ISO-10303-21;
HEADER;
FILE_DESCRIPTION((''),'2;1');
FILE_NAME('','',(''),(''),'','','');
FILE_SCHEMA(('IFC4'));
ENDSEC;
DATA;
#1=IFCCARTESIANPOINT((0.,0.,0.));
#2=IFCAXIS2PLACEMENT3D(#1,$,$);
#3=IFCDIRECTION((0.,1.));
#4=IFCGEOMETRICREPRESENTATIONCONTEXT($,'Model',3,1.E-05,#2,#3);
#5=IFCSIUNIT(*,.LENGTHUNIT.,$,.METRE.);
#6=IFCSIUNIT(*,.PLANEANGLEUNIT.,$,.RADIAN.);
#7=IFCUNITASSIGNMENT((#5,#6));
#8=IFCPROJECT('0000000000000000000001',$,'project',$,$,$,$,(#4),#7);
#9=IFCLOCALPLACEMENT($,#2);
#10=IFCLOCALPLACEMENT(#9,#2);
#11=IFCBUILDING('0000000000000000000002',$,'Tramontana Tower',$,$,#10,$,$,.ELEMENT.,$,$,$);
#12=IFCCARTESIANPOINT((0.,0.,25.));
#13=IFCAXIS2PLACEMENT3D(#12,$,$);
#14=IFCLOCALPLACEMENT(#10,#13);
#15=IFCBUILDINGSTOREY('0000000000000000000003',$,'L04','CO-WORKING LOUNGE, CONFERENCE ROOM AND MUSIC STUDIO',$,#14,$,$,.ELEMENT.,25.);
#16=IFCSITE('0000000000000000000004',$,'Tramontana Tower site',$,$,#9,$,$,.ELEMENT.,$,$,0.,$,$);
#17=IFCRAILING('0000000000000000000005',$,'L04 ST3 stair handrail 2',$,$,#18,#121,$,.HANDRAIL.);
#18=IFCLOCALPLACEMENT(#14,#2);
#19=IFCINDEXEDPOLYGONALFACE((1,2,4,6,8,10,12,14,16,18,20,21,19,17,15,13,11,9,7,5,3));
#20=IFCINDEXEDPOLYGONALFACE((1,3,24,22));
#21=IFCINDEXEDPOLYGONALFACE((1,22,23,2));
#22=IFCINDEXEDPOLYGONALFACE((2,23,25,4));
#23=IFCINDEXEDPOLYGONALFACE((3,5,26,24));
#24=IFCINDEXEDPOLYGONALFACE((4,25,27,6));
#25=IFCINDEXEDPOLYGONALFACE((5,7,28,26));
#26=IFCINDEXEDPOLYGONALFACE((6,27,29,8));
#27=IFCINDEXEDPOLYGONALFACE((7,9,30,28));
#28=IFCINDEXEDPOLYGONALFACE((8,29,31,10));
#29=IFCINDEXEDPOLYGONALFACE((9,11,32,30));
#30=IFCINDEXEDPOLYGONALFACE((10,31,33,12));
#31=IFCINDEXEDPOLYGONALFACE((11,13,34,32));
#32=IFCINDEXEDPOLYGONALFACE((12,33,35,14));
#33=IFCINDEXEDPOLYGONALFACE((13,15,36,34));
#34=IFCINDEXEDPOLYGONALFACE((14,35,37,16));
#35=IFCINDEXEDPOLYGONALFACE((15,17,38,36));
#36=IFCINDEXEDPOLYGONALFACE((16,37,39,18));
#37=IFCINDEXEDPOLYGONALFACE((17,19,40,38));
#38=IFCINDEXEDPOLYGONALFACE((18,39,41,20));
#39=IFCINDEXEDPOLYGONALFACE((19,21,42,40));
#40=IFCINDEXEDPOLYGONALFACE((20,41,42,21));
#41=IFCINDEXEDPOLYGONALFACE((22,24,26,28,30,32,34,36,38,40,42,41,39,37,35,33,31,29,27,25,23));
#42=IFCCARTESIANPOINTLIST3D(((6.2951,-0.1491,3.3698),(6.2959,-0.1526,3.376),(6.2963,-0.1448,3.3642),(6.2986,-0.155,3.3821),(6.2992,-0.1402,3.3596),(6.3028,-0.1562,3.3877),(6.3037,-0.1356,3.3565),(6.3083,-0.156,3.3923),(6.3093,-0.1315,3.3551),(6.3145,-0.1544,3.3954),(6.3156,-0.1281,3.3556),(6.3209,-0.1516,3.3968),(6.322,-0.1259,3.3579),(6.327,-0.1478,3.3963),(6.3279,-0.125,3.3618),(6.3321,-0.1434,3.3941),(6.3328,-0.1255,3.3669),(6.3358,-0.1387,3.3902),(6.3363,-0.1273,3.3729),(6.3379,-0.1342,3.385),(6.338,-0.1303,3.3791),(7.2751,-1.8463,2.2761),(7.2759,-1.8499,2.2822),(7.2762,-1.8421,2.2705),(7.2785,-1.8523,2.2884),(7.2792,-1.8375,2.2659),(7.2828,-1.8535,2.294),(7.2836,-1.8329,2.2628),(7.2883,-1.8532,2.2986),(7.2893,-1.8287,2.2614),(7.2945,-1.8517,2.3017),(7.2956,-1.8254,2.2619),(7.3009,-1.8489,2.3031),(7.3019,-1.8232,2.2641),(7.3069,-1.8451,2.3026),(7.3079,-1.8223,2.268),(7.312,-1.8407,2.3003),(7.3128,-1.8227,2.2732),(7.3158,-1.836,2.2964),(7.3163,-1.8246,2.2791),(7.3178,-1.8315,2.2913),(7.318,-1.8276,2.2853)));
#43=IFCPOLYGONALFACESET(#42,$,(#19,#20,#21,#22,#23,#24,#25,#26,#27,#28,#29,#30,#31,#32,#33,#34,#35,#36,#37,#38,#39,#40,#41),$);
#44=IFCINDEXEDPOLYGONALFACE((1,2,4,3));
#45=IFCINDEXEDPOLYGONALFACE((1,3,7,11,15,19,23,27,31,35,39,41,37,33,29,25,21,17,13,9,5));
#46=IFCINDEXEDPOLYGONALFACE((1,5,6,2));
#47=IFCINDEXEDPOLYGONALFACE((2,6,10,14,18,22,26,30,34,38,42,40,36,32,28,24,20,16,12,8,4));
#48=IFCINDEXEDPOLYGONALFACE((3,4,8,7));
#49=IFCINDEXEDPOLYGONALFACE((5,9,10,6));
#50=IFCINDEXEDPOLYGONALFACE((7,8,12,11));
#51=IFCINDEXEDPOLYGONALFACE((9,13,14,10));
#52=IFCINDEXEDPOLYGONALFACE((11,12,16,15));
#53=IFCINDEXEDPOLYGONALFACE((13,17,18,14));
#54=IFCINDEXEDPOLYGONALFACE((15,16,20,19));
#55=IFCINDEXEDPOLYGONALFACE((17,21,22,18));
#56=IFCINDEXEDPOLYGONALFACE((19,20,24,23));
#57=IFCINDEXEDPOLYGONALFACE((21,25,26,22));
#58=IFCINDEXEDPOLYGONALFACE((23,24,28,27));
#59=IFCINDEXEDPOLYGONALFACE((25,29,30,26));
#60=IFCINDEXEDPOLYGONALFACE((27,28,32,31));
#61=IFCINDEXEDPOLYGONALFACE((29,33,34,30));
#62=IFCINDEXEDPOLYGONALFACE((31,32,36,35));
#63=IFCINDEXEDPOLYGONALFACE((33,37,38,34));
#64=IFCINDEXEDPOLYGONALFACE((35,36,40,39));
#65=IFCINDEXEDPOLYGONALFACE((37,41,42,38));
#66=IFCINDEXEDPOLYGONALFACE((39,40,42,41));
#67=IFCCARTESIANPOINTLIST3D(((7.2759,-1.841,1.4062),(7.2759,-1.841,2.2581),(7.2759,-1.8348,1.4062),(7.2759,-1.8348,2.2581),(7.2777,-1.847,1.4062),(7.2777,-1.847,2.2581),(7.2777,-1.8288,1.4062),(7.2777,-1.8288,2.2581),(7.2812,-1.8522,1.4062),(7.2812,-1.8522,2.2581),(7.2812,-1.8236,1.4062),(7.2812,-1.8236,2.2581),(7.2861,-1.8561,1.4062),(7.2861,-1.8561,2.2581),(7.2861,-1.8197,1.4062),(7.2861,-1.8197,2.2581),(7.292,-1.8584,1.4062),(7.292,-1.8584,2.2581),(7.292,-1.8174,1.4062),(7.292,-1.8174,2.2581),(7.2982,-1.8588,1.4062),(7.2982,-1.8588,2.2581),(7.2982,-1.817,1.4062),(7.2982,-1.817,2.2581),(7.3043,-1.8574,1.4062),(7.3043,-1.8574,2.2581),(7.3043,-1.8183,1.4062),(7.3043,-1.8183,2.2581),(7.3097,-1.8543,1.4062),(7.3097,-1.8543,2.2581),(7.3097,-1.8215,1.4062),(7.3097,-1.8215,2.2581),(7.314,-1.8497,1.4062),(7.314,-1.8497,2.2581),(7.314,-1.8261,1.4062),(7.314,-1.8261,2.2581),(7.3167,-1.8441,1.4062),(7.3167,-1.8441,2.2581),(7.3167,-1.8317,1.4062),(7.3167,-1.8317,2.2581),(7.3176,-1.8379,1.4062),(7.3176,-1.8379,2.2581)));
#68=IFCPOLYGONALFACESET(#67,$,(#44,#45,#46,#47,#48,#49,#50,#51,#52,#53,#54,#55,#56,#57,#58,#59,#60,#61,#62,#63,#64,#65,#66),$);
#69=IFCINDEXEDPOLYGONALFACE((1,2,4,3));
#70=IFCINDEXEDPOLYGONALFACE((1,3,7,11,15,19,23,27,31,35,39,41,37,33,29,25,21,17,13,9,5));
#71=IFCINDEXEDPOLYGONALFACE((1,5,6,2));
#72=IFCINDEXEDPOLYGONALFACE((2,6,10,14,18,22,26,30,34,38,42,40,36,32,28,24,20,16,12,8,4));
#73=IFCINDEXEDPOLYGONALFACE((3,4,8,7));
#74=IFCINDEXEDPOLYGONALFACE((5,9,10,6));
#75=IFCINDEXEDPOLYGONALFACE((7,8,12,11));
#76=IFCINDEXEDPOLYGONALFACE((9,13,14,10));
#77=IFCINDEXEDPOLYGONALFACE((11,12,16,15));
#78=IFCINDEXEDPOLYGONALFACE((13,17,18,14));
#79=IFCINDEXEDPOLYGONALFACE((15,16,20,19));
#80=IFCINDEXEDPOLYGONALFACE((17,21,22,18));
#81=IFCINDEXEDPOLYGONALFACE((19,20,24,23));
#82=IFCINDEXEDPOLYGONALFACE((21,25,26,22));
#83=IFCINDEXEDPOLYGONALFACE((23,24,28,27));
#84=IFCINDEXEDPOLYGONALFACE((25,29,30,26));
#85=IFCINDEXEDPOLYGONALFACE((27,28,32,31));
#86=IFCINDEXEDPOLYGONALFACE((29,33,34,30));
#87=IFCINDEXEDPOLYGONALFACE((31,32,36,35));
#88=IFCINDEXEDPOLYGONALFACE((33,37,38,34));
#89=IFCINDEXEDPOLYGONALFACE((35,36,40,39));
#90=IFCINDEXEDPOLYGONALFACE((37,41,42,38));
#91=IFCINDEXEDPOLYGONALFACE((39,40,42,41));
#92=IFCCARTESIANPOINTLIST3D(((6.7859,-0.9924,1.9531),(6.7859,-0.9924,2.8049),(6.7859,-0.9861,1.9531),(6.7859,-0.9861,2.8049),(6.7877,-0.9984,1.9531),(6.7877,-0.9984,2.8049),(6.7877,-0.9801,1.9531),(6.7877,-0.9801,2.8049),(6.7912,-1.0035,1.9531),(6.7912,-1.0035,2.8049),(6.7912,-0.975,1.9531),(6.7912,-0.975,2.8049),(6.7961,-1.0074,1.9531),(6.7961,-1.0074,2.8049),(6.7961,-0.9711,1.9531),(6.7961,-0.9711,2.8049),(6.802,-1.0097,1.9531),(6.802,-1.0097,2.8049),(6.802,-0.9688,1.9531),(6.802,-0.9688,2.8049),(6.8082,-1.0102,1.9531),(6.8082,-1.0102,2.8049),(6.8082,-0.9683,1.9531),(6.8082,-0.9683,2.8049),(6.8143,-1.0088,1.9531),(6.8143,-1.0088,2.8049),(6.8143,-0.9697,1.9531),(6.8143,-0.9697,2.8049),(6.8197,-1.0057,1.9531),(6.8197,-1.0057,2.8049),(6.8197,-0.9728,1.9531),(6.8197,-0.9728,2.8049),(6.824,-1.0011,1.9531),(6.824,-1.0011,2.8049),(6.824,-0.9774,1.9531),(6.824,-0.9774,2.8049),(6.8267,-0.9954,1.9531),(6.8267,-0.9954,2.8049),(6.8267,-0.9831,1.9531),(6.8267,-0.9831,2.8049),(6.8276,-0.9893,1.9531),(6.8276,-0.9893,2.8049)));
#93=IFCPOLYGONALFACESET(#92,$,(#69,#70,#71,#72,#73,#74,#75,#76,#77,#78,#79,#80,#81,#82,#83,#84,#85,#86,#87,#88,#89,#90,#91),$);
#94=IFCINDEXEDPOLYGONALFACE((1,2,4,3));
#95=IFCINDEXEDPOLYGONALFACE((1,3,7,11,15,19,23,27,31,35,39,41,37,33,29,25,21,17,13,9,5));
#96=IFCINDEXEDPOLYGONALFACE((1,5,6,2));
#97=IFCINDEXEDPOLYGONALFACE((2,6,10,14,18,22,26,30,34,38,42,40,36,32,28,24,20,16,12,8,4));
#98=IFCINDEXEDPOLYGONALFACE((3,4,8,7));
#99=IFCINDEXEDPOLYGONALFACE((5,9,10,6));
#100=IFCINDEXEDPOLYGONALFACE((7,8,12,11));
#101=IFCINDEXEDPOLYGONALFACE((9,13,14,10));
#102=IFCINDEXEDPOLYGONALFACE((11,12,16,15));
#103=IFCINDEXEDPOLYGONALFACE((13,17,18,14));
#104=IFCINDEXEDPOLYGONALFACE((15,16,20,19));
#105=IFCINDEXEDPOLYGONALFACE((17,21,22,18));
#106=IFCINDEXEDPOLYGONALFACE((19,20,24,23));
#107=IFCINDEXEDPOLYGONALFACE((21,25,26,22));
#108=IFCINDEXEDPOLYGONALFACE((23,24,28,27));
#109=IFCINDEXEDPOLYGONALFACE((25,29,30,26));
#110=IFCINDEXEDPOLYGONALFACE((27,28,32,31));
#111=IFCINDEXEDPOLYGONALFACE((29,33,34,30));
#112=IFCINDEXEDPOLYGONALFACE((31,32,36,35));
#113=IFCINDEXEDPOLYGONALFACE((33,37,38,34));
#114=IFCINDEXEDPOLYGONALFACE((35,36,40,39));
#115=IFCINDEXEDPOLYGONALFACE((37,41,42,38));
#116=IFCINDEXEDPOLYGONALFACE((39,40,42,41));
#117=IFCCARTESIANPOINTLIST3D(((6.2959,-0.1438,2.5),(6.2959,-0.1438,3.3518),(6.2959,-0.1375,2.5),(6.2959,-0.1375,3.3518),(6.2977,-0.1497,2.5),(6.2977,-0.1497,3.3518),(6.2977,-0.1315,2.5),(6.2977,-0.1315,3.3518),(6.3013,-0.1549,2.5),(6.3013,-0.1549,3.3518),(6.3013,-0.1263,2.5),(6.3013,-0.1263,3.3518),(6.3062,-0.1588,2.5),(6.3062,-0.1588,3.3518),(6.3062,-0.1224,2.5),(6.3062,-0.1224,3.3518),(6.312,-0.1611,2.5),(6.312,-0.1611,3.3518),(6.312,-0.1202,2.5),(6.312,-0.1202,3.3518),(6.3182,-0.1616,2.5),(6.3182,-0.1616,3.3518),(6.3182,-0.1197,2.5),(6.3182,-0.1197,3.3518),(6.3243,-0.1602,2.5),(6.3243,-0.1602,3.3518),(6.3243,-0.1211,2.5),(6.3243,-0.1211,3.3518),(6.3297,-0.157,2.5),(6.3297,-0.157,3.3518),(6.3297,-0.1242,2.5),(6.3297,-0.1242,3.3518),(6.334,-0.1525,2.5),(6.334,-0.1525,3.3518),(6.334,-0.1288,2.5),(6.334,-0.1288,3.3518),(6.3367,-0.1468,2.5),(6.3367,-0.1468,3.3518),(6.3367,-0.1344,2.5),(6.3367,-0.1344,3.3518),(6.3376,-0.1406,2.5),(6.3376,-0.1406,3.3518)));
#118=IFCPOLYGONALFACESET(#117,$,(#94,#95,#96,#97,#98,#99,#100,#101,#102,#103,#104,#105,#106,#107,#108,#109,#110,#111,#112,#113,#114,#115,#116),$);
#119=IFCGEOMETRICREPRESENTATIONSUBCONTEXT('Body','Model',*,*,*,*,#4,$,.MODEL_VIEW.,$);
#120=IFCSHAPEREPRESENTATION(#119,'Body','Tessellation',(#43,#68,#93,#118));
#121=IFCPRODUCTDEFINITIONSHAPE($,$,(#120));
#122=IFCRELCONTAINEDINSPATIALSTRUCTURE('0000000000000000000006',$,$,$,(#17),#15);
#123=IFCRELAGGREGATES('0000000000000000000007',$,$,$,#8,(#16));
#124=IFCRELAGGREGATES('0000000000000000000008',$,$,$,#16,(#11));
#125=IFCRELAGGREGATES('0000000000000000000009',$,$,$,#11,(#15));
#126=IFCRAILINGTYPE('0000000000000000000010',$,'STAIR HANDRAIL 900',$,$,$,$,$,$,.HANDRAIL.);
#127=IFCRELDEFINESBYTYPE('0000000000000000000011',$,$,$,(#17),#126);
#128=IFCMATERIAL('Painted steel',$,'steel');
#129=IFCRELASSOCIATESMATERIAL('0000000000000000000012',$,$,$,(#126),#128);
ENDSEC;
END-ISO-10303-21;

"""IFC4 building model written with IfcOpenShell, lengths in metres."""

from ifc_helpers import new_model, si_unit, direction, frame, origin, origin_2d, place, context, subcontext, project, spatial, circle, extrude, material, type_object, element, save


model = new_model("IFC4")

# Units and contexts
model_context = context("Model", 3, precision=1e-05, world=origin(), true_north=direction((0.0, 1.0)))
body_context = subcontext(model_context, "Body", "Model", "MODEL_VIEW")
ifc_project = project(units=[si_unit("LENGTHUNIT", "METRE"), si_unit("PLANEANGLEUNIT", "RADIAN")], contexts=[model_context])

# Site, building, storey
site_placement = place(None, origin())
site = spatial("IfcSite", under=ifc_project, at=site_placement, Name="Tramontana Tower site", CompositionType="ELEMENT", RefElevation=0.0)
building_placement = place(site_placement, origin())
building = spatial("IfcBuilding", under=site, at=building_placement, Name="Tramontana Tower", CompositionType="ELEMENT")
storey_placement = place(building_placement, frame((0.0, 0.0, 25.0)))
storey = spatial("IfcBuildingStorey", under=building, at=storey_placement, Name="L04", Description="CO-WORKING LOUNGE, CONFERENCE ROOM AND MUSIC STUDIO", CompositionType="ELEMENT", Elevation=25.0)

# Railing
ifc_material_1 = material(Name="Painted steel", Category="steel")
railing_type_1 = type_object("IfcRailingType", Name="STAIR HANDRAIL 900", PredefinedType="HANDRAIL", material=ifc_material_1)
railing_1_placement = place(storey_placement, frame((7.2966, -1.8379, 1.4062)))
element("IfcRailing", 1, at=railing_1_placement, inside=storey, type_object=railing_type_1, Name="L04 ST3 stair handrail 2", PredefinedType="HANDRAIL", context=body_context, shape_type="SweptSolid", body=[
    extrude(circle(Radius=0.0239, at=origin_2d()), frame((0.0, 0.0, 0.876), z_axis=(-0.436632, 0.75622, 0.487323), x_axis=(-0.866011, -0.500024, 0.0)), (0.0, 0.0, 1.0), 2.2444),
    extrude(circle(Radius=0.021, at=origin_2d()), origin(), (0.0, 0.0, 1.0), 0.8518),
    extrude(circle(Radius=0.021, at=origin_2d()), frame((-0.49, 0.8486, 0.5469)), (0.0, 0.0, 1.0), 0.8518),
    extrude(circle(Radius=0.021, at=origin_2d()), frame((-0.98, 1.6973, 1.0938)), (0.0, 0.0, 1.0), 0.8518),
])

save(model, "model.ifc")
